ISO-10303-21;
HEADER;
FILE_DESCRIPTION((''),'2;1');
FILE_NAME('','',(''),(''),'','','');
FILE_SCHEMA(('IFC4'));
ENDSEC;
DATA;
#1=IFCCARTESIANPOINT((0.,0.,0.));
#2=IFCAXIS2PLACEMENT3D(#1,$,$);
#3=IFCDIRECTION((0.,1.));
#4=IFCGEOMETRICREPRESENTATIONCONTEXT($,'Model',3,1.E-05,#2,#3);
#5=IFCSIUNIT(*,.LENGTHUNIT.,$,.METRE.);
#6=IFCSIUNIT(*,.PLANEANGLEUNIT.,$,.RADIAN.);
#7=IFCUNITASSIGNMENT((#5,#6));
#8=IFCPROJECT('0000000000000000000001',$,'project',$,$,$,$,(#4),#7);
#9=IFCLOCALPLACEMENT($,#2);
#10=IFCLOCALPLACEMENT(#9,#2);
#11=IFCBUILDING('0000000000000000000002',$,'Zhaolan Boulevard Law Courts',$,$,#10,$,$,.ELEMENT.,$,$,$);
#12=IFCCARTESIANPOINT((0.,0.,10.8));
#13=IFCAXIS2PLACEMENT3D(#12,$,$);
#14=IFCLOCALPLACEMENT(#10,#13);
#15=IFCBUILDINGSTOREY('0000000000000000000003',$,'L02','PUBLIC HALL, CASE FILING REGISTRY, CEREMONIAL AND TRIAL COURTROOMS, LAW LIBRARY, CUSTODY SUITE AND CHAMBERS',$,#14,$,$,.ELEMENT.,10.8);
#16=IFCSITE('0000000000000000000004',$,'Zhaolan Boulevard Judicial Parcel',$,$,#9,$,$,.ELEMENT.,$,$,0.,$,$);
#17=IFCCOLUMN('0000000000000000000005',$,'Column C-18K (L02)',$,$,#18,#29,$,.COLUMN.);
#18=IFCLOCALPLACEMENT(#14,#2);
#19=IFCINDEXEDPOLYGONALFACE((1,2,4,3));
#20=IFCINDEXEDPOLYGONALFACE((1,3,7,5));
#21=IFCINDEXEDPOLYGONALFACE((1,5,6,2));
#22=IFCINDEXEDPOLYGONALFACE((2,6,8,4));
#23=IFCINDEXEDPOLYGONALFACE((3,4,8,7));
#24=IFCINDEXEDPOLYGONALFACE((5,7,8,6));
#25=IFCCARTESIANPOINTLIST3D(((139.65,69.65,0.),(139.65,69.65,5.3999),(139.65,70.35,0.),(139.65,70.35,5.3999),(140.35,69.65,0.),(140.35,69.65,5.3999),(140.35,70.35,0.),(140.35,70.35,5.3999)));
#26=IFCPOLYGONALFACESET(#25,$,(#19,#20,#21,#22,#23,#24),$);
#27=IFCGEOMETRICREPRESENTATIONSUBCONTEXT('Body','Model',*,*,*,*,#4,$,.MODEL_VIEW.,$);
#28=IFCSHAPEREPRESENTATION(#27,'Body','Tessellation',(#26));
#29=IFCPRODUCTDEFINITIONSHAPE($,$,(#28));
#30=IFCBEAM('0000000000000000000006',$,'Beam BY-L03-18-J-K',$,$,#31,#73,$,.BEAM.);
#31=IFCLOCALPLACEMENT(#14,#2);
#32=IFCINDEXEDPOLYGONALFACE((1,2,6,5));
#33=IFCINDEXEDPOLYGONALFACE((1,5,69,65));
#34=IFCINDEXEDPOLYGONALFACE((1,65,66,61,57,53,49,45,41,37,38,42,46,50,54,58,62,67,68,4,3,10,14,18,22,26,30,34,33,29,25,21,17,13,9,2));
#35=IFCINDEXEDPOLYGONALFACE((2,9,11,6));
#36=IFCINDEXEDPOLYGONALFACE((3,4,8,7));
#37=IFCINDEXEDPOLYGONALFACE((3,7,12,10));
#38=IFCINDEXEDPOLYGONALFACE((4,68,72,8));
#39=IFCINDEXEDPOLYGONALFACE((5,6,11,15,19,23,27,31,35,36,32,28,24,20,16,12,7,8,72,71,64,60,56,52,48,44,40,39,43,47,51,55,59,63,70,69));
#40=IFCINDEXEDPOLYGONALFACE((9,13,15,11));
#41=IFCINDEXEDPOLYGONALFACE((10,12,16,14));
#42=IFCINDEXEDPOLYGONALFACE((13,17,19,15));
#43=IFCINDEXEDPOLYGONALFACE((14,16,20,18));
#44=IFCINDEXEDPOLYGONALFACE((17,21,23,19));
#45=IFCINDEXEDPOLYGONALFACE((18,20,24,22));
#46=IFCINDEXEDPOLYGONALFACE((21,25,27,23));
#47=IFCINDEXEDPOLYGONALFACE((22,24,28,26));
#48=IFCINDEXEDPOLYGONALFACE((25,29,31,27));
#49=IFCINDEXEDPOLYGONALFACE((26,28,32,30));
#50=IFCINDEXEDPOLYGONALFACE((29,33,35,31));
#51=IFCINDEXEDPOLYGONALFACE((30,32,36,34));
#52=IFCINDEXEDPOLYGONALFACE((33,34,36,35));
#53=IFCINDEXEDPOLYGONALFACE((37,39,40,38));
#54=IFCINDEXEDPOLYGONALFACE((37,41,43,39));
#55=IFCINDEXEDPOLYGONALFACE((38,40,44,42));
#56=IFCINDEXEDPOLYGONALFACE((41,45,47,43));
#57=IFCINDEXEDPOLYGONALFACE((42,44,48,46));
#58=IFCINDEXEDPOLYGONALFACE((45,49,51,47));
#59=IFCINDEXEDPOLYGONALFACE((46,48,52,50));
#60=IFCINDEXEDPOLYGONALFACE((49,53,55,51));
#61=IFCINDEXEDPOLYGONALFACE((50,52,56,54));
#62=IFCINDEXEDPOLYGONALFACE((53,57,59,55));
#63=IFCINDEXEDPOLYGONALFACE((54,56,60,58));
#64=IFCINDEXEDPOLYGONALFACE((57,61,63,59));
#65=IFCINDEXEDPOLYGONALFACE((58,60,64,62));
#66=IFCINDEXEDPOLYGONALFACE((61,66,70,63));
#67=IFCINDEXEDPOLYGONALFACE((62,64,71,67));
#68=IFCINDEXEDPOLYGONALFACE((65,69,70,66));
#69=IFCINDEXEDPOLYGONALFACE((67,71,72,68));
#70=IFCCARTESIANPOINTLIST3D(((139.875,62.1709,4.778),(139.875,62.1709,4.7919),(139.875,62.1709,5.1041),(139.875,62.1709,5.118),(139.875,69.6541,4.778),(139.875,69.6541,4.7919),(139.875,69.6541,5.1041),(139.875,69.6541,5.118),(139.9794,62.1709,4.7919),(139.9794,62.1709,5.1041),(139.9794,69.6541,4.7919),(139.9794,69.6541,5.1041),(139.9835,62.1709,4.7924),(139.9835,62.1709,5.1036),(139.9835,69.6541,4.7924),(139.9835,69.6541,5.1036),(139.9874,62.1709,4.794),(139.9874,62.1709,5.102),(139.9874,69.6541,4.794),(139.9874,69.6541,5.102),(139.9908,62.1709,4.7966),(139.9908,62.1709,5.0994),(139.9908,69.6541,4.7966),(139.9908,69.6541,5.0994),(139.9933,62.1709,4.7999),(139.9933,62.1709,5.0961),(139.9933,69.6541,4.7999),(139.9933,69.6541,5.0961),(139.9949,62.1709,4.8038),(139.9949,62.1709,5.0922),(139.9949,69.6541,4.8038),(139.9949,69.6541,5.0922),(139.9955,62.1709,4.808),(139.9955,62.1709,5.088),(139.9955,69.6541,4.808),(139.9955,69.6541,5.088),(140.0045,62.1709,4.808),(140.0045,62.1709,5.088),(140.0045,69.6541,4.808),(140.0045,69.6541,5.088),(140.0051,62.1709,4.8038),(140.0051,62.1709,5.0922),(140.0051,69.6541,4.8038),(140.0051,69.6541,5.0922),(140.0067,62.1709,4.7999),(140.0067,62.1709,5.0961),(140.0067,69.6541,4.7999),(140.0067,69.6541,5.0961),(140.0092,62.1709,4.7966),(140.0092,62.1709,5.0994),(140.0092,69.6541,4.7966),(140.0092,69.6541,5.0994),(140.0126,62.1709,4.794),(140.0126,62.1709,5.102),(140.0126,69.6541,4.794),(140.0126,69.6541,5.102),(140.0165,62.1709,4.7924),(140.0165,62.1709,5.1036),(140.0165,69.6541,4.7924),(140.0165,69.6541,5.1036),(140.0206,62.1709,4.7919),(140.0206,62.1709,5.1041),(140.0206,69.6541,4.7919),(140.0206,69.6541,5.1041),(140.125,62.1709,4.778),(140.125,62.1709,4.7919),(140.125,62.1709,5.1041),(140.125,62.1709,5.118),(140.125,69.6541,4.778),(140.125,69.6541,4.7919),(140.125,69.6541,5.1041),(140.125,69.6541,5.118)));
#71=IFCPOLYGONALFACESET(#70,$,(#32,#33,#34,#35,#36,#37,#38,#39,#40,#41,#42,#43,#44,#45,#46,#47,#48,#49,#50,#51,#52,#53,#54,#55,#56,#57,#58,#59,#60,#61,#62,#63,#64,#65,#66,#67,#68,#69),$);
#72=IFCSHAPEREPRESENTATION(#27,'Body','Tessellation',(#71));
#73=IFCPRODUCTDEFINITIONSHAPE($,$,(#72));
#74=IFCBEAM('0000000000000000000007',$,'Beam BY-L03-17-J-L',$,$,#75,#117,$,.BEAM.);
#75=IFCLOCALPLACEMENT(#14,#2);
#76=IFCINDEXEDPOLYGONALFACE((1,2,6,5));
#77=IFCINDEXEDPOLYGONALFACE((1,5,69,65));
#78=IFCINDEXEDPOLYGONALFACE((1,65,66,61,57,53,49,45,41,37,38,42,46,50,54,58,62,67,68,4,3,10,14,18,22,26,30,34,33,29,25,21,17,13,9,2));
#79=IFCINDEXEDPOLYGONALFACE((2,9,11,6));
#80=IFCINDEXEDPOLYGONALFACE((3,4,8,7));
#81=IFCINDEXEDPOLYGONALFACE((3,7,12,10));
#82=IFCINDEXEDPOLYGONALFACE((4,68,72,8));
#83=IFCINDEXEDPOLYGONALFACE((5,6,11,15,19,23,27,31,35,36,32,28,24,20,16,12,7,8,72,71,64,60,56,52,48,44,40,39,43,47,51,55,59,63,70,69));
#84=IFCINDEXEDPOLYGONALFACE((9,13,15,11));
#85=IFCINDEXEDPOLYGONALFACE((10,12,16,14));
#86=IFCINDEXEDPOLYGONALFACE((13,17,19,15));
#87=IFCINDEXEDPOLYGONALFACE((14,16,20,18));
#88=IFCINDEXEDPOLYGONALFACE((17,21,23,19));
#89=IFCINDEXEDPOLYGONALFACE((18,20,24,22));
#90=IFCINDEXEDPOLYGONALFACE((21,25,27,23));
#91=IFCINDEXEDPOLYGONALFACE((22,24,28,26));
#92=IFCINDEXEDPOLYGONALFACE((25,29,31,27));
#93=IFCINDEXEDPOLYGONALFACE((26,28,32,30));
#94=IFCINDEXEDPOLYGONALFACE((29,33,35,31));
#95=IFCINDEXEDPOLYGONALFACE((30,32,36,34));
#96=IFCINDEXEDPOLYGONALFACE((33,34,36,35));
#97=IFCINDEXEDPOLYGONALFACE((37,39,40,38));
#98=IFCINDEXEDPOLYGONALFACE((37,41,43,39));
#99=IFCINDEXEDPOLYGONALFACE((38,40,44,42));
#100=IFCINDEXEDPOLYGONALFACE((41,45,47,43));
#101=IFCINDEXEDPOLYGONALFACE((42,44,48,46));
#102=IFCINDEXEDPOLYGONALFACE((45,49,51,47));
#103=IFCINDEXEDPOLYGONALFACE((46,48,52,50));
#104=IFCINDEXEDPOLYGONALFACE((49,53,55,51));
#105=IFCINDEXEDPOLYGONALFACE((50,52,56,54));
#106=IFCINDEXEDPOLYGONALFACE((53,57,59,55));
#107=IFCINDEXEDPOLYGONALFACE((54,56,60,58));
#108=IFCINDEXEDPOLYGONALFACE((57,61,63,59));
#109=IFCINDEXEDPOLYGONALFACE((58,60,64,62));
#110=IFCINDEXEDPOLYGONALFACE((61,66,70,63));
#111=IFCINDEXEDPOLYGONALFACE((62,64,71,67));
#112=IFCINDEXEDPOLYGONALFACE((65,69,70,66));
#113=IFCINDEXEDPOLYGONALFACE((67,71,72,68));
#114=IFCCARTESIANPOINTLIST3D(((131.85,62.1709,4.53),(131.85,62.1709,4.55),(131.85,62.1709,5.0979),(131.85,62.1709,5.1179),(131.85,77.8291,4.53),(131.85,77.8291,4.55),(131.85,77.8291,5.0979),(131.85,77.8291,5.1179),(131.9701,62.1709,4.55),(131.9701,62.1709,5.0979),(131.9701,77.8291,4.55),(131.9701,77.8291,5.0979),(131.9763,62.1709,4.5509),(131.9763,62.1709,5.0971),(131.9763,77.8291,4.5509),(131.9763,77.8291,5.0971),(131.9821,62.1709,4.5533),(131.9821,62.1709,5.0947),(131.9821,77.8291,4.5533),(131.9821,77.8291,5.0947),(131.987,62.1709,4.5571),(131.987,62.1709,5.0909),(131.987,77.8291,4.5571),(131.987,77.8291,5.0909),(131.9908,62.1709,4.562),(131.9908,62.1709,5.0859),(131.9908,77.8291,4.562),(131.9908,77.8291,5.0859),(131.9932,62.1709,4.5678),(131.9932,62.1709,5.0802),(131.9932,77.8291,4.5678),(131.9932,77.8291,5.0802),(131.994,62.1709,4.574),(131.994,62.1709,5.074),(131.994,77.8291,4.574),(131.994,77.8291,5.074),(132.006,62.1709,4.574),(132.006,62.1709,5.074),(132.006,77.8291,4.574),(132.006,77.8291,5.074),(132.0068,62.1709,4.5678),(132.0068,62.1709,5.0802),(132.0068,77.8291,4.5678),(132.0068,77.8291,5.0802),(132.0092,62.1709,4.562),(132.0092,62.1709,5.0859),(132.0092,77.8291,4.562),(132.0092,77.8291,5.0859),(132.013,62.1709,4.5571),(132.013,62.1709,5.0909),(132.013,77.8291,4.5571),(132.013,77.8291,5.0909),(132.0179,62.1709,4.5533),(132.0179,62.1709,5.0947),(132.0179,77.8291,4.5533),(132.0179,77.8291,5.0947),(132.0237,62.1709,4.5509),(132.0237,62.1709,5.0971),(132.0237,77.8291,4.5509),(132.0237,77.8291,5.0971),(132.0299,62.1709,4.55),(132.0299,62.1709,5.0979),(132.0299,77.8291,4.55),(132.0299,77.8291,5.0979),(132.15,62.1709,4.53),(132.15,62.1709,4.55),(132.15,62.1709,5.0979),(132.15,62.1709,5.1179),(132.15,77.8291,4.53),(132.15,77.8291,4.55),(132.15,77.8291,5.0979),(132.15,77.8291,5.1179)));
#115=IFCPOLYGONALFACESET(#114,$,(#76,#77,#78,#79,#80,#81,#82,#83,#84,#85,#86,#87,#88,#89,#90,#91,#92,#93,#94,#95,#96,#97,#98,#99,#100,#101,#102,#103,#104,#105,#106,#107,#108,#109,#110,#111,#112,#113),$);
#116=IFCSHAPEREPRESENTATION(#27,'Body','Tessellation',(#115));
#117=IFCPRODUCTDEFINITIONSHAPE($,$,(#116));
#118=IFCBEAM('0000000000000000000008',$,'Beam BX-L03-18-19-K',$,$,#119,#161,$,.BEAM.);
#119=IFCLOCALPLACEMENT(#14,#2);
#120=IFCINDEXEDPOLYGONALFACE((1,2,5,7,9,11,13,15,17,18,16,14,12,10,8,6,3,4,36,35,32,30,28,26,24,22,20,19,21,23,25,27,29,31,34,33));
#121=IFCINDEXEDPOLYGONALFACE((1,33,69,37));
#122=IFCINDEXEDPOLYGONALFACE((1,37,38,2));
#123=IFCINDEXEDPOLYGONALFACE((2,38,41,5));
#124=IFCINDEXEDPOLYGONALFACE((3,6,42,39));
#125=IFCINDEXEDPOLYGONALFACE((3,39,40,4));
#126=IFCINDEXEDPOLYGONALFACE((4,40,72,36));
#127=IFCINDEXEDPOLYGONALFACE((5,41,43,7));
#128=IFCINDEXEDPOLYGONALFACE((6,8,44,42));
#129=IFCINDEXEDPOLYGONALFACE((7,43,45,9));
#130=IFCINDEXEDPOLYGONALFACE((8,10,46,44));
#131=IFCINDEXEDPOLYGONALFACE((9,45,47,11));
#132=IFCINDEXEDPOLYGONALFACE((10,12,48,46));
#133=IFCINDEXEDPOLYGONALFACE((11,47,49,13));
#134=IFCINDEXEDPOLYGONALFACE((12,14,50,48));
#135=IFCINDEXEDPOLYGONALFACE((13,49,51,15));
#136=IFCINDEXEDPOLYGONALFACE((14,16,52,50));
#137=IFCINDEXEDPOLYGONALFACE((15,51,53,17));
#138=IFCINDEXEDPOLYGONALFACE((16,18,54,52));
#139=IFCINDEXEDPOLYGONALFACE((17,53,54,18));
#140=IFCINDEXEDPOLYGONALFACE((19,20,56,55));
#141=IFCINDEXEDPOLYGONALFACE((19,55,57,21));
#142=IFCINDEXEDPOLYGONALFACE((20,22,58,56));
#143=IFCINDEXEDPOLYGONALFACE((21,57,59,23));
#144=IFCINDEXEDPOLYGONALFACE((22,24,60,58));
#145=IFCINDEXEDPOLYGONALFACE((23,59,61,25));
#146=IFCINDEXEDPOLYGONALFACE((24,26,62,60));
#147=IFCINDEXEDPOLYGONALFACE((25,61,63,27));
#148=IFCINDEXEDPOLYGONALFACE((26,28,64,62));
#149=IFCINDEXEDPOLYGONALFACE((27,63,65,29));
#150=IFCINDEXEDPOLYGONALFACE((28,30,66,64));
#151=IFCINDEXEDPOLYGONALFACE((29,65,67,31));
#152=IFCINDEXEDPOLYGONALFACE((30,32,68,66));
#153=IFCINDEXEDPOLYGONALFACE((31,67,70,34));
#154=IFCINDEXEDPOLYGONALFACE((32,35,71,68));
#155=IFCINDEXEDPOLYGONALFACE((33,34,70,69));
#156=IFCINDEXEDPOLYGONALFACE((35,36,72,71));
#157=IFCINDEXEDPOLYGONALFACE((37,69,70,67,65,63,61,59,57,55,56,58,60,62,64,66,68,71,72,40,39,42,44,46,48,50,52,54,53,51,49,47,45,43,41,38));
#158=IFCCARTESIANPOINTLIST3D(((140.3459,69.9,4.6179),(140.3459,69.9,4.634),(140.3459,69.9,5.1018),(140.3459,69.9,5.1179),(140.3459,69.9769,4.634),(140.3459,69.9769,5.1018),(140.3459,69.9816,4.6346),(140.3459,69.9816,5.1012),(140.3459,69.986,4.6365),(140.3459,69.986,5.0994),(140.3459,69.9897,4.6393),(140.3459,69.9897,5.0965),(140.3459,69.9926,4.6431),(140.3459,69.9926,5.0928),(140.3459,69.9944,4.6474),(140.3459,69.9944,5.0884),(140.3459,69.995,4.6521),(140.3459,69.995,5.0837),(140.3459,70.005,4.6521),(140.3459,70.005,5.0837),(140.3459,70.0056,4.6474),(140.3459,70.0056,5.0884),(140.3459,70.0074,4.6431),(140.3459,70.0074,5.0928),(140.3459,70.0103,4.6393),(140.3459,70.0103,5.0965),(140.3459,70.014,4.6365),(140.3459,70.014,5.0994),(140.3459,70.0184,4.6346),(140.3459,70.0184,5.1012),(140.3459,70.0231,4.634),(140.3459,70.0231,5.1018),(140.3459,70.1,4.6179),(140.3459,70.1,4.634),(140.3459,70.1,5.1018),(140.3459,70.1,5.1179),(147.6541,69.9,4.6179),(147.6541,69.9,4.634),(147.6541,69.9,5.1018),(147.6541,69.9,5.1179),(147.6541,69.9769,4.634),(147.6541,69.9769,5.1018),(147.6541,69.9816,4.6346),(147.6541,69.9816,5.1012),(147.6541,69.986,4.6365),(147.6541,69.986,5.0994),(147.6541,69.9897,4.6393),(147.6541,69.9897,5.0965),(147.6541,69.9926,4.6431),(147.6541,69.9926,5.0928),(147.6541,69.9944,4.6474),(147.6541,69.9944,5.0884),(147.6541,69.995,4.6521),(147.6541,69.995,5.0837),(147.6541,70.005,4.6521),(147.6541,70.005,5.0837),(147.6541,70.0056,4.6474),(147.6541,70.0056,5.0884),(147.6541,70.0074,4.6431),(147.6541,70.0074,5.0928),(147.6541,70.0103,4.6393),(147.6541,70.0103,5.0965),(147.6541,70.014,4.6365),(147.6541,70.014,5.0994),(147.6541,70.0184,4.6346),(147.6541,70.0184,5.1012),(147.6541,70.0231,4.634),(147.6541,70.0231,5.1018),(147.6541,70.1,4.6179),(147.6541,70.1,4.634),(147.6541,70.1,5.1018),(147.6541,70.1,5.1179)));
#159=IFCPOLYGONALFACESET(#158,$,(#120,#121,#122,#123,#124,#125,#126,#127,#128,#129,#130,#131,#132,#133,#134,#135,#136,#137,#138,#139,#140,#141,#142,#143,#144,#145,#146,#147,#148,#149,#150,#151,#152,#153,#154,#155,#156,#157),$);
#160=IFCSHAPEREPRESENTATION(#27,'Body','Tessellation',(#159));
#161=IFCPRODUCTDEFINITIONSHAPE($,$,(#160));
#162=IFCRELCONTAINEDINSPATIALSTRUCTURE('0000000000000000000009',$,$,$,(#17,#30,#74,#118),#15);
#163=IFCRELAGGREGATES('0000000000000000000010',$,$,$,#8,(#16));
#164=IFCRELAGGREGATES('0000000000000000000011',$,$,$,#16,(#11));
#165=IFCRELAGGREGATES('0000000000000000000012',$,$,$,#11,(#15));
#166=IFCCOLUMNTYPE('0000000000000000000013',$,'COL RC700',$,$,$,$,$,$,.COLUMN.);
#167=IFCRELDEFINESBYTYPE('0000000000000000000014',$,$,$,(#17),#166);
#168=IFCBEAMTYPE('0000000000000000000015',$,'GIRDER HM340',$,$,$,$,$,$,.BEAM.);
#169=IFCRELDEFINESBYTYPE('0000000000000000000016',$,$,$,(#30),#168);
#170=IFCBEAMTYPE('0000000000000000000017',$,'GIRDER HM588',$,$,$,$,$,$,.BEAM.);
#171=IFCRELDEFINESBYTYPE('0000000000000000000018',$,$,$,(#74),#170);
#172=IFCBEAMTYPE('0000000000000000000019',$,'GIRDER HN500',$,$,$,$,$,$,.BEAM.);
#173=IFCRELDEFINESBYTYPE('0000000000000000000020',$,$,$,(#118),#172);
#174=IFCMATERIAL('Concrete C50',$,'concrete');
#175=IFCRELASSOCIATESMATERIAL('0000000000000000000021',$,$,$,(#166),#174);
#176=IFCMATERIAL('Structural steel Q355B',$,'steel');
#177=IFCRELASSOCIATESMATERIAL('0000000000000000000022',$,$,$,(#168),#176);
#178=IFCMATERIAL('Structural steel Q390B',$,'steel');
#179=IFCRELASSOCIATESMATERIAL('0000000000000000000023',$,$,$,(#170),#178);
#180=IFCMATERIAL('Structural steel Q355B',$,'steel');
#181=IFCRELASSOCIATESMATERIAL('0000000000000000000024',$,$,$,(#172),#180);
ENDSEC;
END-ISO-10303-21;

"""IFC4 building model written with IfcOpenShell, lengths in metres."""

from ifc_helpers import new_model, si_unit, direction, frame, origin, origin_2d, place, context, subcontext, project, spatial, rectangle, i_section, extrude, material, material_profile, profile_set, type_object, element, save


model = new_model("IFC4")

# Units and contexts
model_context = context("Model", 3, precision=1e-05, world=origin(), true_north=direction((0.0, 1.0)))
body_context = subcontext(model_context, "Body", "Model", "MODEL_VIEW")
ifc_project = project(units=[si_unit("LENGTHUNIT", "METRE"), si_unit("PLANEANGLEUNIT", "RADIAN")], contexts=[model_context])

# Site, building, storey
site_placement = place(None, origin())
site = spatial("IfcSite", under=ifc_project, at=site_placement, Name="Zhaolan Boulevard Judicial Parcel", CompositionType="ELEMENT", RefElevation=0.0)
building_placement = place(site_placement, origin())
building = spatial("IfcBuilding", under=site, at=building_placement, Name="Zhaolan Boulevard Law Courts", CompositionType="ELEMENT")
storey_placement = place(building_placement, frame((0.0, 0.0, 10.8)))
storey = spatial("IfcBuildingStorey", under=building, at=storey_placement, Name="L02", Description="PUBLIC HALL, CASE FILING REGISTRY, CEREMONIAL AND TRIAL COURTROOMS, LAW LIBRARY, CUSTODY SUITE AND CHAMBERS", CompositionType="ELEMENT", Elevation=10.8)

# Column
ifc_material_1 = material(Name="Concrete C50", Category="concrete")
ifc_material_profile_1 = material_profile(ifc_material_1, rectangle(XDim=0.7, YDim=0.7, at=origin_2d()), Name="RC700x700")
ifc_profile_set_1 = profile_set([ifc_material_profile_1], Name="Concrete C50")
column_type_1 = type_object("IfcColumnType", Name="COL RC700", PredefinedType="COLUMN", material=ifc_profile_set_1)
column_placement = place(storey_placement, frame((140.0, 70.0, 0.0), z_axis=(0.0, 0.0, 1.0), x_axis=(1.0, 0.0, 0.0)))
element("IfcColumn", 1, at=column_placement, inside=storey, type_object=column_type_1, Name="Column C-18K (L02)", PredefinedType="COLUMN", context=body_context, shape_type="SweptSolid", body=[
    extrude(rectangle(XDim=0.7, YDim=0.7, at=origin_2d()), origin(), (0.0, 0.0, 1.0), 5.3999),
])

# Beams
ifc_material_2 = material(Name="Structural steel Q355B", Category="steel")
ifc_material_profile_2 = material_profile(ifc_material_2, i_section(OverallWidth=0.25, OverallDepth=0.3401, WebThickness=0.009, FlangeThickness=0.0139, FilletRadius=0.0161, at=origin_2d()), Name="HM340x250")
ifc_profile_set_2 = profile_set([ifc_material_profile_2], Name="Structural steel Q355B")
beam_type_1 = type_object("IfcBeamType", Name="GIRDER HM340", PredefinedType="BEAM", material=ifc_profile_set_2)
beam_1_placement = place(storey_placement, frame((140.0, 62.1709, 4.948), z_axis=(0.0, 1.0, 0.0), x_axis=(-1.0, 0.0, 0.0)))
element("IfcBeam", 2, at=beam_1_placement, inside=storey, type_object=beam_type_1, Name="Beam BY-L03-18-J-K", PredefinedType="BEAM", context=body_context, shape_type="SweptSolid", body=[
    extrude(i_section(OverallWidth=0.25, OverallDepth=0.3401, WebThickness=0.009, FlangeThickness=0.0139, FilletRadius=0.0161, at=origin_2d()), origin(), (0.0, 0.0, 1.0), 7.4832),
])
ifc_material_3 = material(Name="Structural steel Q390B", Category="steel")
ifc_material_profile_3 = material_profile(ifc_material_3, i_section(OverallWidth=0.3, OverallDepth=0.5879, WebThickness=0.012, FlangeThickness=0.02, FilletRadius=0.0239, at=origin_2d()), Name="HM588x300")
ifc_profile_set_3 = profile_set([ifc_material_profile_3], Name="Structural steel Q390B")
beam_type_2 = type_object("IfcBeamType", Name="GIRDER HM588", PredefinedType="BEAM", material=ifc_profile_set_3)
beam_2_placement = place(storey_placement, frame((132.0, 62.1709, 4.824), z_axis=(0.0, 1.0, 0.0), x_axis=(-1.0, 0.0, 0.0)))
element("IfcBeam", 3, at=beam_2_placement, inside=storey, type_object=beam_type_2, Name="Beam BY-L03-17-J-L", PredefinedType="BEAM", context=body_context, shape_type="SweptSolid", body=[
    extrude(i_section(OverallWidth=0.3, OverallDepth=0.5879, WebThickness=0.012, FlangeThickness=0.02, FilletRadius=0.0239, at=origin_2d()), origin(), (0.0, 0.0, 1.0), 15.6582),
])
ifc_material_4 = material(Name="Structural steel Q355B", Category="steel")
ifc_material_profile_4 = material_profile(ifc_material_4, i_section(OverallWidth=0.2, OverallDepth=0.5, WebThickness=0.01, FlangeThickness=0.0161, FilletRadius=0.0181, at=origin_2d()), Name="HN500x200")
ifc_profile_set_4 = profile_set([ifc_material_profile_4], Name="Structural steel Q355B")
beam_type_3 = type_object("IfcBeamType", Name="GIRDER HN500", PredefinedType="BEAM", material=ifc_profile_set_4)
beam_3_placement = place(storey_placement, frame((140.3459, 70.0, 4.8679), z_axis=(1.0, 0.0, 0.0), x_axis=(0.0, 1.0, 0.0)))
element("IfcBeam", 4, at=beam_3_placement, inside=storey, type_object=beam_type_3, Name="Beam BX-L03-18-19-K", PredefinedType="BEAM", context=body_context, shape_type="SweptSolid", body=[
    extrude(i_section(OverallWidth=0.2, OverallDepth=0.5, WebThickness=0.01, FlangeThickness=0.0161, FilletRadius=0.0181, at=origin_2d()), origin(), (0.0, 0.0, 1.0), 7.3081),
])

save(model, "model.ifc")
